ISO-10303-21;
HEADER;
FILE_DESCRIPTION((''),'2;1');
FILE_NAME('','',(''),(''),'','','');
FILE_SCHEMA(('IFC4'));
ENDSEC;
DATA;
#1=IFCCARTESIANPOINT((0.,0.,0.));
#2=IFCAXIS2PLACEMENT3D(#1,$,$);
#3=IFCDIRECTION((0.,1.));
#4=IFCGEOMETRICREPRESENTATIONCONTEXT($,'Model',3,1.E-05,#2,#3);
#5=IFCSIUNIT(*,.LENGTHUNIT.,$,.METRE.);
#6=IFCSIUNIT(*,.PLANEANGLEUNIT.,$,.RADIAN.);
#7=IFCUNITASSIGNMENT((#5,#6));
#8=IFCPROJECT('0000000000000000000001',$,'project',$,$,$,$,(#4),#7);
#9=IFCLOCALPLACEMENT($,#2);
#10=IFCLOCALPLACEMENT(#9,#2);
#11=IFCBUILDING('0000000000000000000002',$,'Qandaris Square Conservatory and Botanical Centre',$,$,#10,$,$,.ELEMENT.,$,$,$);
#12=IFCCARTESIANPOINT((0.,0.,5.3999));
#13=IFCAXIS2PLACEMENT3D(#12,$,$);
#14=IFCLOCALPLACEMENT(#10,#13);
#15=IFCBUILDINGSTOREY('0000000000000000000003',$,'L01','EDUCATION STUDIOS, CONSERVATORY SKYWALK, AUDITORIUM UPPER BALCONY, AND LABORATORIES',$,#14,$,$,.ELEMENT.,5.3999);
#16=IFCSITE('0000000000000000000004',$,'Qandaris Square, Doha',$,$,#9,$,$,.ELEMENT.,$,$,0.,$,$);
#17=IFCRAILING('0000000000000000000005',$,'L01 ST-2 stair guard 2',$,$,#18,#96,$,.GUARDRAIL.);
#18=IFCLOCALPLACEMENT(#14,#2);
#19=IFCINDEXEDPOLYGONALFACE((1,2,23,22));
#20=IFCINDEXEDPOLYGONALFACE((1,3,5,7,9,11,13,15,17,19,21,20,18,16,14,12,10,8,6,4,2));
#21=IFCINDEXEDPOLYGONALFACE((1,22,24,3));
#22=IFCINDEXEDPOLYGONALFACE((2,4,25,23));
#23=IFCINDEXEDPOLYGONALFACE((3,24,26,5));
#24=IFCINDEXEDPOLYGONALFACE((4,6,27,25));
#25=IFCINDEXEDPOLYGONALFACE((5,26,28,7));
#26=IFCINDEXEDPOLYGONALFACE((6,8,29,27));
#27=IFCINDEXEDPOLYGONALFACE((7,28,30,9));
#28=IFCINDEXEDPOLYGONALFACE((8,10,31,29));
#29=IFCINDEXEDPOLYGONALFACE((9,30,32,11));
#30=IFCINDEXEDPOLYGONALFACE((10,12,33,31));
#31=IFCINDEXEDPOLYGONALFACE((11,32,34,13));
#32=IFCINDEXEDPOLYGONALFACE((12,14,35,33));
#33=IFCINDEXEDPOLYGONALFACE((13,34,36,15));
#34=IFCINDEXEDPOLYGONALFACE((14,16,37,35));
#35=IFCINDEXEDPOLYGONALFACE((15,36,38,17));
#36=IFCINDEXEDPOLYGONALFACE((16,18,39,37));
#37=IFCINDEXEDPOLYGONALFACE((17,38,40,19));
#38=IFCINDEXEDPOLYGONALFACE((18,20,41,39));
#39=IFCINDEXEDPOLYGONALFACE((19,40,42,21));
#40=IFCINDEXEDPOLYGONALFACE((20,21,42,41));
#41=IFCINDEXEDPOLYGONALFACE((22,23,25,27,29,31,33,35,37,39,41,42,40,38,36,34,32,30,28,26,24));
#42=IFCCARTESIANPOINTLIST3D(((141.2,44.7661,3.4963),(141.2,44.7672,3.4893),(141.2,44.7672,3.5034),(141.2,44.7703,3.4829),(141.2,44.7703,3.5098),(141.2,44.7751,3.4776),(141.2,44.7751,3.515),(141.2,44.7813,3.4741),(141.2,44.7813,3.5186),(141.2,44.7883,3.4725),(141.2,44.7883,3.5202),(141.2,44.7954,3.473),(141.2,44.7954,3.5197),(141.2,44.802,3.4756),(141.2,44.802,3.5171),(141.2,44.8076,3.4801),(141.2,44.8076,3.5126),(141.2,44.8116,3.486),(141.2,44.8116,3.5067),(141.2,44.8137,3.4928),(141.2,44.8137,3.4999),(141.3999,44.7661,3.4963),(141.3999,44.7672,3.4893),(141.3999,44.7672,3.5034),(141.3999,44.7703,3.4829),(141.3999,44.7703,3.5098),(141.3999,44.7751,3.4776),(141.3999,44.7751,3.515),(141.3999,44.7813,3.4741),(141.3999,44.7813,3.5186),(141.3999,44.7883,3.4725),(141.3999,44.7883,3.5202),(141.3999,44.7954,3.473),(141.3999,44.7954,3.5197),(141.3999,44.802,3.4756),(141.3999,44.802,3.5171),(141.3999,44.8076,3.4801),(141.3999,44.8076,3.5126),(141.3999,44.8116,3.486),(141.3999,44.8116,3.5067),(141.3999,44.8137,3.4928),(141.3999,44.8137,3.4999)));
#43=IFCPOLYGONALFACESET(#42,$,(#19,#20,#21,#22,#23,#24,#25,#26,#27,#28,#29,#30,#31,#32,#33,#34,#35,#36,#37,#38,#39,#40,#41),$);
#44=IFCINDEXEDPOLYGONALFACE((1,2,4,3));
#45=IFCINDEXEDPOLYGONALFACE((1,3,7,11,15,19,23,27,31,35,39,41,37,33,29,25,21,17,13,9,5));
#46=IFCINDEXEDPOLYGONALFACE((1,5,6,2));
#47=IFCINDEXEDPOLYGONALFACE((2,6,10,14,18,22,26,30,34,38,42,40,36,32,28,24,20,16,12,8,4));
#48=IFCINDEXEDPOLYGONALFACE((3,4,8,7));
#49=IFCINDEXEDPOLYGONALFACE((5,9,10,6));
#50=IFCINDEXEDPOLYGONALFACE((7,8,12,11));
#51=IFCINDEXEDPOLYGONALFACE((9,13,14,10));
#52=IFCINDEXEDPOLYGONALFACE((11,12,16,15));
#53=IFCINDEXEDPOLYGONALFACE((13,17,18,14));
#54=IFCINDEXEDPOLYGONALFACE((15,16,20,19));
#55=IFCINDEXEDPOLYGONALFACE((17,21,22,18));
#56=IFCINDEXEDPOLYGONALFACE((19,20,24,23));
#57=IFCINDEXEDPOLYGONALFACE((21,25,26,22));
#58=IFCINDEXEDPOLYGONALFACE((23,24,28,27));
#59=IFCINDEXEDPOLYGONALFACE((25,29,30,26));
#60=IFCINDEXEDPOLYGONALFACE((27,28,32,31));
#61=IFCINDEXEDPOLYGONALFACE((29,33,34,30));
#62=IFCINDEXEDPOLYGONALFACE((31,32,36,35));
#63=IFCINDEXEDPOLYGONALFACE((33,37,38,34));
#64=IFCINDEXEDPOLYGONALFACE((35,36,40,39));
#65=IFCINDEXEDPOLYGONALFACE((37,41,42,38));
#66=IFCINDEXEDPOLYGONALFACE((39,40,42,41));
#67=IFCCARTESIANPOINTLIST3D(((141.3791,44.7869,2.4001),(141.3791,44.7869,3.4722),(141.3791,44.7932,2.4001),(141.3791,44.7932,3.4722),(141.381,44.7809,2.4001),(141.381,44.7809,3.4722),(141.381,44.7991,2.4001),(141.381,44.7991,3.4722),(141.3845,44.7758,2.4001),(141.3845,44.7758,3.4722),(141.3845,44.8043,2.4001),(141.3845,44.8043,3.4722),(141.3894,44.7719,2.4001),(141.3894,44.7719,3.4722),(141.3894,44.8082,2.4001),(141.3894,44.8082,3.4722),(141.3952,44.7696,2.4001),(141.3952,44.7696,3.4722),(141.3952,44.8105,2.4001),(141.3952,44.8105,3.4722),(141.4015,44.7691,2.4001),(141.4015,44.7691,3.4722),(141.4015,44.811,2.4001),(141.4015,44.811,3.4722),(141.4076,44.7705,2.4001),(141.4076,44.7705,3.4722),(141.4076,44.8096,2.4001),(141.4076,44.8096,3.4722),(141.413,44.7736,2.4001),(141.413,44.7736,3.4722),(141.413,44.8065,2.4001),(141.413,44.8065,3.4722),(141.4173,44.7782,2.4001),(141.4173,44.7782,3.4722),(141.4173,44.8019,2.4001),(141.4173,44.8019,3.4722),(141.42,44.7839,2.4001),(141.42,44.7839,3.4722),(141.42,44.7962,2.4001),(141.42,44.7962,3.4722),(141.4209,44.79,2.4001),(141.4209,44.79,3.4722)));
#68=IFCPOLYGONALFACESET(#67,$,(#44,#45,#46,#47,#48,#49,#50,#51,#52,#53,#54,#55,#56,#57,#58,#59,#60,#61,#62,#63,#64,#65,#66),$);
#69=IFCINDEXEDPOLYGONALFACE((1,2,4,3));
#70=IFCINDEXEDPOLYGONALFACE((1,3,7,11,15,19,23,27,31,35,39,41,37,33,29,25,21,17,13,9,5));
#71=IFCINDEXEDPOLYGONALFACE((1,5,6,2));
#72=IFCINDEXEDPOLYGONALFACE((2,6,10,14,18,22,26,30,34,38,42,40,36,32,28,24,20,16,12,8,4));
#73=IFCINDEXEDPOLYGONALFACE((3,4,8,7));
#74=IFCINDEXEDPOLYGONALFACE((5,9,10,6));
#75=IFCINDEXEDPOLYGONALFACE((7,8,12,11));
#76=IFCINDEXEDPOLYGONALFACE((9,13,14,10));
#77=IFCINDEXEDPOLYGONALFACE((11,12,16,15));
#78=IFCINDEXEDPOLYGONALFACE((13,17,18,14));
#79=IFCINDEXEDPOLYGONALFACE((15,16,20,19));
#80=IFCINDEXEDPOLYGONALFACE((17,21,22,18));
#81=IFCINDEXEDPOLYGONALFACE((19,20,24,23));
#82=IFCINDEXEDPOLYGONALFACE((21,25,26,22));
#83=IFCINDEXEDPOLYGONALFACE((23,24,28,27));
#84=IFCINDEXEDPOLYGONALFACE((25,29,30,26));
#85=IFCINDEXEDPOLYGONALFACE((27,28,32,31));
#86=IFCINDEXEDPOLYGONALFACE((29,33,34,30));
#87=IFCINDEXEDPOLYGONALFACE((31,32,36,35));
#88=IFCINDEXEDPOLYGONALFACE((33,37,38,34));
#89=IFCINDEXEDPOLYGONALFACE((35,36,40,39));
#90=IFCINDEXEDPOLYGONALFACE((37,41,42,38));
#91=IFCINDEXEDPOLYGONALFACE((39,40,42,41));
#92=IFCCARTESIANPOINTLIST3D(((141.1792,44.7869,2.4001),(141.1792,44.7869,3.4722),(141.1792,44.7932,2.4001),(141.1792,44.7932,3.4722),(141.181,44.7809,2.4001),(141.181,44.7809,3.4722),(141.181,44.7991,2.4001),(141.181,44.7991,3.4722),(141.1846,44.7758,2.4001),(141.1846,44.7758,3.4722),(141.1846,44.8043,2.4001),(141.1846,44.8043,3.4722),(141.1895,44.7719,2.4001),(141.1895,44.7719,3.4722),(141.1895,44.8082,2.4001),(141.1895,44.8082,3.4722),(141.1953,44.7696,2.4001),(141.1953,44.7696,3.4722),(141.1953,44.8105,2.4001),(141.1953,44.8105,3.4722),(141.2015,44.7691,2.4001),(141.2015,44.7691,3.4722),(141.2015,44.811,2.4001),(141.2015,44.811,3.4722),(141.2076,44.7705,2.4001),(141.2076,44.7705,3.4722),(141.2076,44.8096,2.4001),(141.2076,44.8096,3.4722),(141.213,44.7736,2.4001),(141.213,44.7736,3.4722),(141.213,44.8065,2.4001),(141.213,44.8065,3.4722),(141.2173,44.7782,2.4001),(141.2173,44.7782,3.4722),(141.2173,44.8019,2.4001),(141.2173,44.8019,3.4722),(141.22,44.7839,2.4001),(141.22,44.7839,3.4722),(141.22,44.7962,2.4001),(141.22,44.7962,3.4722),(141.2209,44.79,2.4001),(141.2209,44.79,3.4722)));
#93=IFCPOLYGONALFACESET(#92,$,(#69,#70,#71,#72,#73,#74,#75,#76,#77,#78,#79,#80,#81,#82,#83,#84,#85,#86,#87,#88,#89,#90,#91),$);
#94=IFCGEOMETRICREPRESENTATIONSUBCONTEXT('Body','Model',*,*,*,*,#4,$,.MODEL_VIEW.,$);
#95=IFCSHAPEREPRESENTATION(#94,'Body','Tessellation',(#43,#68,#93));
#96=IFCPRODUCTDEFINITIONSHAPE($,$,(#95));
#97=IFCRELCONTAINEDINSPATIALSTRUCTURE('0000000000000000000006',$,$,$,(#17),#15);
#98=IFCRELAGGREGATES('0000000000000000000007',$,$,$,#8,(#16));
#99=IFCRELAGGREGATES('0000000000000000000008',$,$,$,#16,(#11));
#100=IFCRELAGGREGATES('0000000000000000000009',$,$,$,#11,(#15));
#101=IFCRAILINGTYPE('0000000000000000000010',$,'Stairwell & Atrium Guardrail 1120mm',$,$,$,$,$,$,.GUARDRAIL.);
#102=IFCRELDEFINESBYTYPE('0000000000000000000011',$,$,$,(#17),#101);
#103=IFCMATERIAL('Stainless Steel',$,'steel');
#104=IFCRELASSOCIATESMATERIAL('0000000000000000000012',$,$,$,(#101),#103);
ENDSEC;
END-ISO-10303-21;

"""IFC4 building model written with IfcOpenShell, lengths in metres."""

from ifc_helpers import new_model, si_unit, direction, frame, origin, origin_2d, place, context, subcontext, project, spatial, circle, extrude, material, type_object, element, save


model = new_model("IFC4")

# Units and contexts
model_context = context("Model", 3, precision=1e-05, world=origin(), true_north=direction((0.0, 1.0)))
body_context = subcontext(model_context, "Body", "Model", "MODEL_VIEW")
ifc_project = project(units=[si_unit("LENGTHUNIT", "METRE"), si_unit("PLANEANGLEUNIT", "RADIAN")], contexts=[model_context])

# Site, building, storey
site_placement = place(None, origin())
site = spatial("IfcSite", under=ifc_project, at=site_placement, Name="Qandaris Square, Doha", CompositionType="ELEMENT", RefElevation=0.0)
building_placement = place(site_placement, origin())
building = spatial("IfcBuilding", under=site, at=building_placement, Name="Qandaris Square Conservatory and Botanical Centre", CompositionType="ELEMENT")
storey_placement = place(building_placement, frame((0.0, 0.0, 5.3999)))
storey = spatial("IfcBuildingStorey", under=building, at=storey_placement, Name="L01", Description="EDUCATION STUDIOS, CONSERVATORY SKYWALK, AUDITORIUM UPPER BALCONY, AND LABORATORIES", CompositionType="ELEMENT", Elevation=5.3999)

# Railing
ifc_material_1 = material(Name="Stainless Steel", Category="steel")
railing_type_1 = type_object("IfcRailingType", Name="Stairwell & Atrium Guardrail 1120mm", PredefinedType="GUARDRAIL", material=ifc_material_1)
railing_1_placement = place(storey_placement, frame((141.3999, 44.79, 2.4001)))
element("IfcRailing", 1, at=railing_1_placement, inside=storey, type_object=railing_type_1, Name="L01 ST-2 stair guard 2", PredefinedType="GUARDRAIL", context=body_context, shape_type="SweptSolid", body=[
    extrude(circle(Radius=0.0239, at=origin_2d()), frame((0.0, 0.0, 1.0962), z_axis=(-1.0, 0.0, 0.0), x_axis=(0.0, -1.0, 0.0)), (0.0, 0.0, 1.0), 0.2),
    extrude(circle(Radius=0.021, at=origin_2d()), origin(), (0.0, 0.0, 1.0), 1.072),
    extrude(circle(Radius=0.021, at=origin_2d()), frame((-0.2, 0.0, 0.0)), (0.0, 0.0, 1.0), 1.072),
])

save(model, "model.ifc")
